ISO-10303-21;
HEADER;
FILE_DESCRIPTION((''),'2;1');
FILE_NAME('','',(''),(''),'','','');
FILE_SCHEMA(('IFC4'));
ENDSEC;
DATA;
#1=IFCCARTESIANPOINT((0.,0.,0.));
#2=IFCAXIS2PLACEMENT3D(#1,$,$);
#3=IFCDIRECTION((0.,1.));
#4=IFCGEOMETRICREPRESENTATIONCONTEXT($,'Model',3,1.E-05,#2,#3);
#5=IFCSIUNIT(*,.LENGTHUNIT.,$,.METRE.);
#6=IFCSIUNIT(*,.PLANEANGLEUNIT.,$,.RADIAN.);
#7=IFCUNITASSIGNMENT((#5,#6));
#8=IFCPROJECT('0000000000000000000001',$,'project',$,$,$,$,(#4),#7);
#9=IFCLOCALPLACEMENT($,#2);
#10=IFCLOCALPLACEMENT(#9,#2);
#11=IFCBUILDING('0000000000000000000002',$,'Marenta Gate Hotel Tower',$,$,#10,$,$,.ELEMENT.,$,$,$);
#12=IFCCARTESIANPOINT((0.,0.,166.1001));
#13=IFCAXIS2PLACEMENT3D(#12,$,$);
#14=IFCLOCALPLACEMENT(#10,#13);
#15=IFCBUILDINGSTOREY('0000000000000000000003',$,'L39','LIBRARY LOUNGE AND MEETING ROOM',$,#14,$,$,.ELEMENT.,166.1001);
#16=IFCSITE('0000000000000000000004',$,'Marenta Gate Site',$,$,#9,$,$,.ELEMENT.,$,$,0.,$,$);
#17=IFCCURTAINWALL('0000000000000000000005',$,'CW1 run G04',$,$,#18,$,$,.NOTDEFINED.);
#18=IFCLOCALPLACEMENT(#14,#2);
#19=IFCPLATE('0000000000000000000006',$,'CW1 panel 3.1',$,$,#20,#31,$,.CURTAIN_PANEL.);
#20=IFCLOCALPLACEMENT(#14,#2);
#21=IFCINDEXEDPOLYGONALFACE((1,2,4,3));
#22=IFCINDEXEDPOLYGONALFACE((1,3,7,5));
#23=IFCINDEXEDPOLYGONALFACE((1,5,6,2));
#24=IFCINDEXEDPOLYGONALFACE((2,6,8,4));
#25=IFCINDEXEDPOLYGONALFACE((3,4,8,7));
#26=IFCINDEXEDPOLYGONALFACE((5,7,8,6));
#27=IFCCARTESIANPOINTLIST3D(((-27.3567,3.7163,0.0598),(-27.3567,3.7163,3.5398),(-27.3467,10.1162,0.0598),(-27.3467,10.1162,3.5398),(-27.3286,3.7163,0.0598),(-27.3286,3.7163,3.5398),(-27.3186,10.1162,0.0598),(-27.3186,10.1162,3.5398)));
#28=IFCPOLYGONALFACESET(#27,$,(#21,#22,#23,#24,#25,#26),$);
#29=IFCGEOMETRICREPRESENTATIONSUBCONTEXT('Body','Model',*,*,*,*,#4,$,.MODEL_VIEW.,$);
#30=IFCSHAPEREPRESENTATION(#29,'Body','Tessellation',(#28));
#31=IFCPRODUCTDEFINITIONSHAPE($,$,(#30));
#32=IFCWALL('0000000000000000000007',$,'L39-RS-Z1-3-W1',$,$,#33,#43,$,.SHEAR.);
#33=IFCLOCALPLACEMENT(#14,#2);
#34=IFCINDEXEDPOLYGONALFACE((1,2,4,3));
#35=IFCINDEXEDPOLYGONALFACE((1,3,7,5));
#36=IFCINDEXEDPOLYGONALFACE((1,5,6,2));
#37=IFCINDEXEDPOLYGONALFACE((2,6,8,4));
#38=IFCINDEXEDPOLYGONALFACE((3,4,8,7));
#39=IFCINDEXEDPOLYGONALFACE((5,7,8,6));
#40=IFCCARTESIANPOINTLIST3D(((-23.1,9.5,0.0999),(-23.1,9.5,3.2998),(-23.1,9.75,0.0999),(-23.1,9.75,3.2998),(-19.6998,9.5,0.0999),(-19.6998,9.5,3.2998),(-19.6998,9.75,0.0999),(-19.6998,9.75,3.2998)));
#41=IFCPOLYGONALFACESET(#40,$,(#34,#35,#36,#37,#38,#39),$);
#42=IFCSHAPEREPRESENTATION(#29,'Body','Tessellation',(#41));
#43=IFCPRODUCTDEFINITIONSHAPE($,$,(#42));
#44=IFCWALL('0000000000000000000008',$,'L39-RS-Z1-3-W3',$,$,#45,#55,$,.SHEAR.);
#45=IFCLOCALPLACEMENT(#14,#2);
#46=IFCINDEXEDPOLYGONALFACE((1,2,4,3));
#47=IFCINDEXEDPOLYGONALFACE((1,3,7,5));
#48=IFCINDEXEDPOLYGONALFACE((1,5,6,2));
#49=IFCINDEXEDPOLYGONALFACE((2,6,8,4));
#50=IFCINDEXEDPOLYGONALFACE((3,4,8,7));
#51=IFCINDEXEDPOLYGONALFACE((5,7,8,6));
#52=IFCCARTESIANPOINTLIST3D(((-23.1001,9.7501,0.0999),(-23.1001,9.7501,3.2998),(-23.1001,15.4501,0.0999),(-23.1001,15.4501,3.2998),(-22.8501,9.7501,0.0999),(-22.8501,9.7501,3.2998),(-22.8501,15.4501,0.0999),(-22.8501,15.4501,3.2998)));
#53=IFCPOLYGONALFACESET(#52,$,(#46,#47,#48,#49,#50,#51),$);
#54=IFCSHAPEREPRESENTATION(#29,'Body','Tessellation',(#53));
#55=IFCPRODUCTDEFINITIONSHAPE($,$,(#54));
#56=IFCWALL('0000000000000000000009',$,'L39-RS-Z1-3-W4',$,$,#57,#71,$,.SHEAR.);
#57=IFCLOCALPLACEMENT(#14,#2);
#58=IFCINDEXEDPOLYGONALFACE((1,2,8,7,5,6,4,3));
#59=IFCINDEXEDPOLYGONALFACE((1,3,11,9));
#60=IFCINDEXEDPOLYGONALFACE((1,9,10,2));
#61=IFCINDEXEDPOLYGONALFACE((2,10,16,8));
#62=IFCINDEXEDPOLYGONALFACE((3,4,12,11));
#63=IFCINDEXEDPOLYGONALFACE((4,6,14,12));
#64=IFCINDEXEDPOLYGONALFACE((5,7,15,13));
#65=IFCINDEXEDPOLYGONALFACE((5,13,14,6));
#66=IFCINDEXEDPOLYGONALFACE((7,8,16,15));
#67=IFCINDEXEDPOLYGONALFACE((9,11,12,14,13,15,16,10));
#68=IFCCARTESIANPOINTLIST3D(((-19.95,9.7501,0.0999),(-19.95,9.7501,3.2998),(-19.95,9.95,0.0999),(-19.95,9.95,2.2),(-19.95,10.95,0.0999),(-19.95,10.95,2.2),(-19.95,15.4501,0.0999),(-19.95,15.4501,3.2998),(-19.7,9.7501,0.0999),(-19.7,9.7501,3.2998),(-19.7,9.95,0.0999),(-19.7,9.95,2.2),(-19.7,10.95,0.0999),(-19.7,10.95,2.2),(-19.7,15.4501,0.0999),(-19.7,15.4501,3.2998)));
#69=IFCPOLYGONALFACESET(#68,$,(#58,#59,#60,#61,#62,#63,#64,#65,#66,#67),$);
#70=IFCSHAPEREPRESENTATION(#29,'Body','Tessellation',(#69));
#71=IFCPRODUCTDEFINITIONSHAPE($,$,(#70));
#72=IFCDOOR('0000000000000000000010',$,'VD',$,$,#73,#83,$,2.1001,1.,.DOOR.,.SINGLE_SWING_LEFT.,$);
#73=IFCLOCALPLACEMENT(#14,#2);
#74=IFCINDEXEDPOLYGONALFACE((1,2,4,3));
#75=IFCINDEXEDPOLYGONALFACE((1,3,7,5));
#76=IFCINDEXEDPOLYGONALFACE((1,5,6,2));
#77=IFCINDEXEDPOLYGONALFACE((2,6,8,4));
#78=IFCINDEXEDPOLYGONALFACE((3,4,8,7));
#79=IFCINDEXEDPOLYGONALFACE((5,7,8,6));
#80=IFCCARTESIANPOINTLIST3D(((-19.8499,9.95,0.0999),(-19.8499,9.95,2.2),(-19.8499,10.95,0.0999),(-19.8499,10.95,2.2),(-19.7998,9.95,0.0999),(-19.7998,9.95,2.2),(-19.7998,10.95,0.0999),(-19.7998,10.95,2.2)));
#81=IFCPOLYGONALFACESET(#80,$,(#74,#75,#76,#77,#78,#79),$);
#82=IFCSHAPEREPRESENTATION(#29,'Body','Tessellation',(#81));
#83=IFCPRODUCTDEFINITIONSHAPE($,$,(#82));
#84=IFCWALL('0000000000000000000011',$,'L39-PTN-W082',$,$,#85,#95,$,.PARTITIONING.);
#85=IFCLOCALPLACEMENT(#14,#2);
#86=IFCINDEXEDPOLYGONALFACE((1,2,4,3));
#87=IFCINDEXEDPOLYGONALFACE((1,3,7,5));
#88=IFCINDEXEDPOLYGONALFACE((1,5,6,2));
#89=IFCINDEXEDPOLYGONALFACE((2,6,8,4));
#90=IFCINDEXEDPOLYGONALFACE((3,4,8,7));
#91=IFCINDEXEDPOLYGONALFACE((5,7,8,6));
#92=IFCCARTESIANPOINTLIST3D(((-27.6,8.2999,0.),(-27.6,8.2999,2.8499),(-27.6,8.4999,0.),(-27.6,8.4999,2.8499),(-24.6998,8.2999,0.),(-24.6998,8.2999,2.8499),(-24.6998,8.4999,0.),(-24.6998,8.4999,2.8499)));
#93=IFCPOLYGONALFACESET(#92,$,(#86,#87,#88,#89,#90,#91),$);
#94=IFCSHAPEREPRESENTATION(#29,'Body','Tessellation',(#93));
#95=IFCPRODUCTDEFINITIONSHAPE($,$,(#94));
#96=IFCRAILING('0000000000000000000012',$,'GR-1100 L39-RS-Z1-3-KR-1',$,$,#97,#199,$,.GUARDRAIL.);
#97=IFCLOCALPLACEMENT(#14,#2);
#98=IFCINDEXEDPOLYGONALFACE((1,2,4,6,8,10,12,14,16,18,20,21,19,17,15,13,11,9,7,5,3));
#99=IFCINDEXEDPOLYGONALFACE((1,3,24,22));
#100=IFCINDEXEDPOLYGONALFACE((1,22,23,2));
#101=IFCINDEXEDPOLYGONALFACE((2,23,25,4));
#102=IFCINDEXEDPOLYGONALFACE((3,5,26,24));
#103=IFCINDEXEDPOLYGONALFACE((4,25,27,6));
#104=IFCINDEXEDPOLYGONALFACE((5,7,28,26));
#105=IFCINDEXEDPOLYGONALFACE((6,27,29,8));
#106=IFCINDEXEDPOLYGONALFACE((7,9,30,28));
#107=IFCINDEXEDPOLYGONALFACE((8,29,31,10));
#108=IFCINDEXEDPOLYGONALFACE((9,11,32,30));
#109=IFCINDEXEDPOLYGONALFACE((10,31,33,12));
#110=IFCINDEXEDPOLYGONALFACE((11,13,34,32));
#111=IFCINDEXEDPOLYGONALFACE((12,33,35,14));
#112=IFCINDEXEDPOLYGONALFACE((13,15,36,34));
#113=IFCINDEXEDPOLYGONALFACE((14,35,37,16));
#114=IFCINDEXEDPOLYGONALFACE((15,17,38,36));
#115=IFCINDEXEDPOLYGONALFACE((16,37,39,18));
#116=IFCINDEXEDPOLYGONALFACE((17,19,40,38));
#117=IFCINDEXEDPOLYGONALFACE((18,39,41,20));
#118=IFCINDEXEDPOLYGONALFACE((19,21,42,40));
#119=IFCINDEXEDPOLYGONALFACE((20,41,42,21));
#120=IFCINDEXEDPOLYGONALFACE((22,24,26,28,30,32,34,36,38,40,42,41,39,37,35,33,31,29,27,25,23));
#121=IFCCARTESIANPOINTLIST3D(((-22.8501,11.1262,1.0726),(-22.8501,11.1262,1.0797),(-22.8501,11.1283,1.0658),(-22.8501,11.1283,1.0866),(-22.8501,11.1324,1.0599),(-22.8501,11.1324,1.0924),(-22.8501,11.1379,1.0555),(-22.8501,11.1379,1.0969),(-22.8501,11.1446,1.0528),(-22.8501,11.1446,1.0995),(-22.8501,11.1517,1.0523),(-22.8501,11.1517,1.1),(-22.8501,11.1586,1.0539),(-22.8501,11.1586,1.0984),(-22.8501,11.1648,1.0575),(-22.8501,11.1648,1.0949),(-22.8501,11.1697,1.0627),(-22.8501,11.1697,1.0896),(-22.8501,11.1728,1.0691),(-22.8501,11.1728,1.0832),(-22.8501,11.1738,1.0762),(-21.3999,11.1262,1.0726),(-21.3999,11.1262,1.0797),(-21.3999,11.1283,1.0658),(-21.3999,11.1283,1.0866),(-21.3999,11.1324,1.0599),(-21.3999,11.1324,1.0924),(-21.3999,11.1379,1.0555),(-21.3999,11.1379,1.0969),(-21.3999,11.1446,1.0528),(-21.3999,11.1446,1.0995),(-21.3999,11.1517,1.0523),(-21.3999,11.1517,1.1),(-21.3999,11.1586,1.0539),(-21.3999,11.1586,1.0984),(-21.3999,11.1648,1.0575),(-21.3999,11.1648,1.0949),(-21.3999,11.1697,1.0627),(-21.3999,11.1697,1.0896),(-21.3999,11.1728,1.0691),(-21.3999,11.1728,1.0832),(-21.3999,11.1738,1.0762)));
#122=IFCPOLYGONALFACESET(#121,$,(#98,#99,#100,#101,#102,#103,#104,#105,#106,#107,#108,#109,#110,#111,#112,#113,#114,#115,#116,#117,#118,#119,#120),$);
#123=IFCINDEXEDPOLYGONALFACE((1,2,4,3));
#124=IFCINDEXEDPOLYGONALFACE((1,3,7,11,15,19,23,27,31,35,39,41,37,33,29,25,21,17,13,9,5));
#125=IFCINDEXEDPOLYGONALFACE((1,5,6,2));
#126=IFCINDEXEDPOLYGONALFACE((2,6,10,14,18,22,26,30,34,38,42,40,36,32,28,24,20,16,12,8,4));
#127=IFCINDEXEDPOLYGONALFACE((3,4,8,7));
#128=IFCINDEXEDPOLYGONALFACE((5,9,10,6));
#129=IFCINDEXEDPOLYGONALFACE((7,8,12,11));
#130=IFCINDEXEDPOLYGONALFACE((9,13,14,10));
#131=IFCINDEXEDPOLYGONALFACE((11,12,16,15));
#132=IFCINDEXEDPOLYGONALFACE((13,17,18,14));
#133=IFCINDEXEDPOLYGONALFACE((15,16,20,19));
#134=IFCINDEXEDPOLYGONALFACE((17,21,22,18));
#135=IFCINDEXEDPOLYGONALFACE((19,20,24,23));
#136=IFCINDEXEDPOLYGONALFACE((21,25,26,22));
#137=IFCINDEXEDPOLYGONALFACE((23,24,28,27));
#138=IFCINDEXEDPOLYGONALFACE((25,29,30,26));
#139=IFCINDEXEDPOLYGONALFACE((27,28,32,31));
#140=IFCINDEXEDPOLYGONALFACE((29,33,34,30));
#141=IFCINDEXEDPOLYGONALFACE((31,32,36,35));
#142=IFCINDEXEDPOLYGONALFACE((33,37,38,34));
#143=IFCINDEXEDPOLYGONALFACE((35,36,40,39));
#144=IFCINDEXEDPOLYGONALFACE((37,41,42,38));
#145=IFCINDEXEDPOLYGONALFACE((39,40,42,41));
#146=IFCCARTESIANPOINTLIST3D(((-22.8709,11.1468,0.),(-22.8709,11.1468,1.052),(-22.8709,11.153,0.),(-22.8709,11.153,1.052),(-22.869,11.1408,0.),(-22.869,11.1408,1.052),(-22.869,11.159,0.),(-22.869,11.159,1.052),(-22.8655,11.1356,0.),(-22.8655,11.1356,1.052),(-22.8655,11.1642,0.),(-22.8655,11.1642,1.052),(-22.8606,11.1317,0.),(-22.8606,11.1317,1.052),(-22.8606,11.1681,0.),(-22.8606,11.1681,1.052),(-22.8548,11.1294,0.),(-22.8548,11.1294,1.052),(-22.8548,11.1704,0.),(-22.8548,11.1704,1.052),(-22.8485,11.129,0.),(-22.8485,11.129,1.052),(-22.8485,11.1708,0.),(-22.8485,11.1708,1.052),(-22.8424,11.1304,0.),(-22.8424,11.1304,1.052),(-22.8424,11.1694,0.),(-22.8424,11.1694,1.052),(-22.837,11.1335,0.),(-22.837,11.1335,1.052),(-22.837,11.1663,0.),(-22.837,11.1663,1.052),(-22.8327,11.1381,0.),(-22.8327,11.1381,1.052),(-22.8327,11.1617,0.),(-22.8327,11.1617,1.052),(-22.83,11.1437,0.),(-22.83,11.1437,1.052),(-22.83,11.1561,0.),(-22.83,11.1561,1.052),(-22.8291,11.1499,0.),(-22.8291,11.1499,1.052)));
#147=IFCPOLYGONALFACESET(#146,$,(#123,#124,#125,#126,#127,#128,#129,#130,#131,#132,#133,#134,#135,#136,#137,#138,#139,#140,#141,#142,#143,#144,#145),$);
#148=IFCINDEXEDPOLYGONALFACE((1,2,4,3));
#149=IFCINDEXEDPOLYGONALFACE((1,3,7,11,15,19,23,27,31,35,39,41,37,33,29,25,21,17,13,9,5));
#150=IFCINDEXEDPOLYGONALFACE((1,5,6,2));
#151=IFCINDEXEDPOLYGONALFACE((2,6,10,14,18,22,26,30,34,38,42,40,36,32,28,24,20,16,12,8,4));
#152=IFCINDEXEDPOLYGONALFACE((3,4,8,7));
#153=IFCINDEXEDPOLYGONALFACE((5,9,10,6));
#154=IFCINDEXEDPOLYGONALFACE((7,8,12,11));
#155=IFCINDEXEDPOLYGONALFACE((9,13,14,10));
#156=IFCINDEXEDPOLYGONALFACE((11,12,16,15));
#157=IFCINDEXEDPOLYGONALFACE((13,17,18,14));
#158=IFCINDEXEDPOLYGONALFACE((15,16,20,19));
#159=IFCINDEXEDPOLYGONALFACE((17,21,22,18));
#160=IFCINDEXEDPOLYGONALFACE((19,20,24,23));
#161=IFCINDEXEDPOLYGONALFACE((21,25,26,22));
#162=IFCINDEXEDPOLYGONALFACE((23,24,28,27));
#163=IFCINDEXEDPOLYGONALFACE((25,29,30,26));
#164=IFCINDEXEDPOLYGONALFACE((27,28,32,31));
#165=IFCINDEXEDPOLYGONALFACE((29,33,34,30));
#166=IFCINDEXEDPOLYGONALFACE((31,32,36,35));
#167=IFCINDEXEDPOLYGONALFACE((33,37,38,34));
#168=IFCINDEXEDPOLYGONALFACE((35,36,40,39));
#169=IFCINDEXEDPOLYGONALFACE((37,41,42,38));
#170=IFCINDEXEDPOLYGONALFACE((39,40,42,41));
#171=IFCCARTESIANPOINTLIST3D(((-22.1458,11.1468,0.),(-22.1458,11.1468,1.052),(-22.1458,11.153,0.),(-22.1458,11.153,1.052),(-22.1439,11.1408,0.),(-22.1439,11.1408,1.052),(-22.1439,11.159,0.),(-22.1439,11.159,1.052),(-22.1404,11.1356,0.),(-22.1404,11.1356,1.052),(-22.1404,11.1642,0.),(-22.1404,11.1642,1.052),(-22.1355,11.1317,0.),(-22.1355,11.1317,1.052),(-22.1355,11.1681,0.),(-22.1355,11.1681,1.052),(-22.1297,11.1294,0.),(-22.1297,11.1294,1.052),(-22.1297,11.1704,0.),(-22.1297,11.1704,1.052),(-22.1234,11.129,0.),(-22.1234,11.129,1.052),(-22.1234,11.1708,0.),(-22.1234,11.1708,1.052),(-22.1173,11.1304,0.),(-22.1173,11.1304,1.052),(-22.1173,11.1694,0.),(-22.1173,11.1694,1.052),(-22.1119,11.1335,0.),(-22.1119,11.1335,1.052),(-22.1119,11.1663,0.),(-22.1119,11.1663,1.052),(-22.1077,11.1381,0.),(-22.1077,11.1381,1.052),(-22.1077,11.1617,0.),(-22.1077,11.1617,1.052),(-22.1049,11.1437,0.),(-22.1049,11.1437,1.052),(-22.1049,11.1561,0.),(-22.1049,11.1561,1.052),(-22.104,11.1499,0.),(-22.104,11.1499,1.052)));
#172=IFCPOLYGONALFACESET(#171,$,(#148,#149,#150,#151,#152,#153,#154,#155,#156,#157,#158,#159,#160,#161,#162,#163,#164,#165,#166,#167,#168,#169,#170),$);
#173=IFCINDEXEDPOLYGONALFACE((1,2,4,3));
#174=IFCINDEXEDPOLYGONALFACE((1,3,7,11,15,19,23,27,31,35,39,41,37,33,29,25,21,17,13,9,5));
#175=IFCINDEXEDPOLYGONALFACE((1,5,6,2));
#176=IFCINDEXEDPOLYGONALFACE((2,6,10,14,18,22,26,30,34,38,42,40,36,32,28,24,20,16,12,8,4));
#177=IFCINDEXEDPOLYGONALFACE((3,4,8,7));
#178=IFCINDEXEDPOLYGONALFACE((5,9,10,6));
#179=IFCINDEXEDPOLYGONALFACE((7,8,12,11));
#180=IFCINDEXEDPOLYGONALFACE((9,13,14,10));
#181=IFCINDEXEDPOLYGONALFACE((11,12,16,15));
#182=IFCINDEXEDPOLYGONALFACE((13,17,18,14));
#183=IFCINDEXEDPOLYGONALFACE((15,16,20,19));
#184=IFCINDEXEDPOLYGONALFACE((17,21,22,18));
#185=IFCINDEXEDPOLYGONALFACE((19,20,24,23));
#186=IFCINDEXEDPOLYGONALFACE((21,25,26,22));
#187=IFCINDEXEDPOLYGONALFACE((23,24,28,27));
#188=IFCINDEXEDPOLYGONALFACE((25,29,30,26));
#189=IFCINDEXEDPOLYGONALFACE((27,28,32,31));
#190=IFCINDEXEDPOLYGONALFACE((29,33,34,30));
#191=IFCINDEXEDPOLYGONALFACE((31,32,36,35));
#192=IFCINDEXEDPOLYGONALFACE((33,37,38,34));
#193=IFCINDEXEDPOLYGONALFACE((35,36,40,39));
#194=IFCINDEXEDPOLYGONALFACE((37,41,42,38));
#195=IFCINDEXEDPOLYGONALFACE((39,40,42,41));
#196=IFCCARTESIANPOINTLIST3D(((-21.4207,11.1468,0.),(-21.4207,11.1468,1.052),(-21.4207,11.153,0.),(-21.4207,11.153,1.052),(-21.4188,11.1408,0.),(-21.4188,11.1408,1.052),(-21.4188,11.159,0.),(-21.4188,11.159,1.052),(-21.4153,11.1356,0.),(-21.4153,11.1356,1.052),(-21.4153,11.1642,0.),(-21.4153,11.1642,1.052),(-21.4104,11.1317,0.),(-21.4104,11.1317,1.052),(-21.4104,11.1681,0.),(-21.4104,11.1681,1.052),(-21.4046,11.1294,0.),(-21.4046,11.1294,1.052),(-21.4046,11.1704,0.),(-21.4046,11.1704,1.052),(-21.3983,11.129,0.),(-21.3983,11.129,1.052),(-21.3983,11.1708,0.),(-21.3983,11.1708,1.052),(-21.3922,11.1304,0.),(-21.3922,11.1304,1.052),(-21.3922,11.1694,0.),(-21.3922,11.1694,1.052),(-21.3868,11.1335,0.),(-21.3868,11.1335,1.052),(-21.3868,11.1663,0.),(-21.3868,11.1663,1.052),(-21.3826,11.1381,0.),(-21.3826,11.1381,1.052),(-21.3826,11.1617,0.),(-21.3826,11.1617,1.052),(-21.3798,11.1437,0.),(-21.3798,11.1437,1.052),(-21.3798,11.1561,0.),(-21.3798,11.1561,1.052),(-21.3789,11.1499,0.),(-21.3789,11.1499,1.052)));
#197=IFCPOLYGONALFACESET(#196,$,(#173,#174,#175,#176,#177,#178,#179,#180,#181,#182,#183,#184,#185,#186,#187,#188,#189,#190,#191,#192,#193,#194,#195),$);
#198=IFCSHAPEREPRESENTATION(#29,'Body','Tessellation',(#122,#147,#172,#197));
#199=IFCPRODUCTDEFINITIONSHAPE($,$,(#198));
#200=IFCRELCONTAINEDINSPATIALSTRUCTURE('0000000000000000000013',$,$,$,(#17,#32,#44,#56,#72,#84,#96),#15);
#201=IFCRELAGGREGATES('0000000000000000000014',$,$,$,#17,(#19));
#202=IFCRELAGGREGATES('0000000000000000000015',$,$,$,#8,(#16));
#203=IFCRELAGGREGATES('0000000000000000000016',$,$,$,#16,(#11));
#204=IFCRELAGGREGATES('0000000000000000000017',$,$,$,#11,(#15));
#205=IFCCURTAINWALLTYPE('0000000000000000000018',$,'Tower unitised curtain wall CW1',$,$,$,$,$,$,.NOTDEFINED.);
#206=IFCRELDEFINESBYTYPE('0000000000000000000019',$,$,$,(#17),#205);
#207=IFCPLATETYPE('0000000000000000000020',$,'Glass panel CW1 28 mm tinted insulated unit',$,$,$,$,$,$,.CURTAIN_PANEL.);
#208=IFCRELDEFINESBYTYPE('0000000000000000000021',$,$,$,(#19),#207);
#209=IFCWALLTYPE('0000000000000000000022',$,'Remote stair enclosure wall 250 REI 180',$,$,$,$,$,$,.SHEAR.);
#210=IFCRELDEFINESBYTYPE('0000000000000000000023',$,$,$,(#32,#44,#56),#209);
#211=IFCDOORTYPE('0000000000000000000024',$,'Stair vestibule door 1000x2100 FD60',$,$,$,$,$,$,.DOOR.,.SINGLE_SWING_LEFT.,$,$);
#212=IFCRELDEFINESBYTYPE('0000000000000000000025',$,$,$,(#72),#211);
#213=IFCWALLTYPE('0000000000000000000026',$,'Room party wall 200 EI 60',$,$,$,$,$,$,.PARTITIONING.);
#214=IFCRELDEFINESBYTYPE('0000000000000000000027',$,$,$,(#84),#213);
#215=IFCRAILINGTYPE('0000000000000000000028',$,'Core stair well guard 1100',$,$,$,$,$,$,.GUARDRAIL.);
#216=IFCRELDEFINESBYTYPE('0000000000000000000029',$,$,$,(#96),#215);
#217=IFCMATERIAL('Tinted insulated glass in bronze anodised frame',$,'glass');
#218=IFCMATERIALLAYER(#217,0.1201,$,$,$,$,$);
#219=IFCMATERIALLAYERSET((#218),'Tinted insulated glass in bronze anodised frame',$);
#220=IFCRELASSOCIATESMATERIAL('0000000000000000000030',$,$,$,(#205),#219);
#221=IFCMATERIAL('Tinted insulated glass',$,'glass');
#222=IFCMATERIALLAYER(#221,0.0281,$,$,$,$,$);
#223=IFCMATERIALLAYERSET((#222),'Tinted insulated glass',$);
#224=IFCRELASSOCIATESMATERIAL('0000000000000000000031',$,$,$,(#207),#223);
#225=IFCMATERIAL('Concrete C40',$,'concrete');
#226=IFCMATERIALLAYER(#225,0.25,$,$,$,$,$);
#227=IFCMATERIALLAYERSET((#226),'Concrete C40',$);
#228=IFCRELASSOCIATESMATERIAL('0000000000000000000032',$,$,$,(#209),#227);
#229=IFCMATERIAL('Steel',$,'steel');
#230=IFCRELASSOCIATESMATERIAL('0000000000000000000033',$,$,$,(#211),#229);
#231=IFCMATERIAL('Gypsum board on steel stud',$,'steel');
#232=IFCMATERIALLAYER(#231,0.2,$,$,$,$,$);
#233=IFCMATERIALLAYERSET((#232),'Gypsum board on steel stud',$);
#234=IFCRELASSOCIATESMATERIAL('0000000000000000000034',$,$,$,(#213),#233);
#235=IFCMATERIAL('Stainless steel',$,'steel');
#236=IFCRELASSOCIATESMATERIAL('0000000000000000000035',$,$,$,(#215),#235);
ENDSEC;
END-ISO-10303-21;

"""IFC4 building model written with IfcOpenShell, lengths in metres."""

from ifc_helpers import new_model, si_unit, direction, frame, frame_2d, origin, origin_2d, place, context, subcontext, project, spatial, rectangle, circle, extrude, material, layer, layer_set, type_object, element, fill, aggregate, save


model = new_model("IFC4")

# Units and contexts
model_context = context("Model", 3, precision=1e-05, world=origin(), true_north=direction((0.0, 1.0)))
body_context = subcontext(model_context, "Body", "Model", "MODEL_VIEW")
ifc_project = project(units=[si_unit("LENGTHUNIT", "METRE"), si_unit("PLANEANGLEUNIT", "RADIAN")], contexts=[model_context])

# Site, building, storey
site_placement = place(None, origin())
site = spatial("IfcSite", under=ifc_project, at=site_placement, Name="Marenta Gate Site", CompositionType="ELEMENT", RefElevation=0.0)
building_placement = place(site_placement, origin())
building = spatial("IfcBuilding", under=site, at=building_placement, Name="Marenta Gate Hotel Tower", CompositionType="ELEMENT")
storey_placement = place(building_placement, frame((0.0, 0.0, 166.1001)))
storey = spatial("IfcBuildingStorey", under=building, at=storey_placement, Name="L39", Description="LIBRARY LOUNGE AND MEETING ROOM", CompositionType="ELEMENT", Elevation=166.1001)

# Curtain wall, plate
ifc_material_1 = material(Name="Tinted insulated glass in bronze anodised frame", Category="glass")
ifc_layer_1 = layer(ifc_material_1, 0.1201)
ifc_layer_set_1 = layer_set([ifc_layer_1], Name="Tinted insulated glass in bronze anodised frame")
curtain_wall_type = type_object("IfcCurtainWallType", Name="Tower unitised curtain wall CW1", PredefinedType="NOTDEFINED", material=ifc_layer_set_1)
curtain_wall_placement = place(storey_placement, origin())
curtain_wall = element("IfcCurtainWall", 1, at=curtain_wall_placement, inside=storey, type_object=curtain_wall_type, Name="CW1 run G04", PredefinedType="NOTDEFINED")
ifc_material_2 = material(Name="Tinted insulated glass", Category="glass")
ifc_layer_2 = layer(ifc_material_2, 0.0281)
ifc_layer_set_2 = layer_set([ifc_layer_2], Name="Tinted insulated glass")
plate_type = type_object("IfcPlateType", Name="Glass panel CW1 28 mm tinted insulated unit", PredefinedType="CURTAIN_PANEL", material=ifc_layer_set_2)
plate_placement = place(storey_placement, frame((-27.3376, 6.9163, 0.0598), z_axis=(0.0, 0.0, 1.0), x_axis=(-0.001566, -0.999999, 0.0)))
plate = element("IfcPlate", 2, at=plate_placement, type_object=plate_type, Name="CW1 panel 3.1", PredefinedType="CURTAIN_PANEL", context=body_context, shape_type="SweptSolid", body=[
    extrude(rectangle(XDim=6.3999, YDim=0.0281, at=origin_2d()), origin(), (0.0, 0.0, 1.0), 3.48),
])
aggregate(curtain_wall, [plate])

# Walls
ifc_material_3 = material(Name="Concrete C40", Category="concrete")
ifc_layer_3 = layer(ifc_material_3, 0.25)
ifc_layer_set_3 = layer_set([ifc_layer_3], Name="Concrete C40")
wall_type_1 = type_object("IfcWallType", Name="Remote stair enclosure wall 250 REI 180", PredefinedType="SHEAR", material=ifc_layer_set_3)
wall_1_placement = place(storey_placement, frame((-23.1001, 9.625, 0.0999), z_axis=(0.0, 0.0, 1.0), x_axis=(1.0, 0.0, 0.0)))
element("IfcWall", 3, at=wall_1_placement, inside=storey, type_object=wall_type_1, Name="L39-RS-Z1-3-W1", PredefinedType="SHEAR", context=body_context, shape_type="SweptSolid", body=[
    extrude(rectangle(XDim=3.4001, YDim=0.25, at=frame_2d((1.7002, 0.0))), origin(), (0.0, 0.0, 1.0), 3.2),
])
wall_2_placement = place(storey_placement, frame((-22.9751, 9.75, 0.0999), z_axis=(0.0, 0.0, 1.0), x_axis=(0.0, 1.0, 0.0)))
element("IfcWall", 4, at=wall_2_placement, inside=storey, type_object=wall_type_1, Name="L39-RS-Z1-3-W3", PredefinedType="SHEAR", context=body_context, shape_type="SweptSolid", body=[
    extrude(rectangle(XDim=5.7, YDim=0.25, at=frame_2d((2.8501, 0.0))), origin(), (0.0, 0.0, 1.0), 3.2),
])

# Wall, opening, door
wall_3_placement = place(storey_placement, frame((-19.825, 9.75, 0.0999), z_axis=(0.0, 0.0, 1.0), x_axis=(0.0, 1.0, 0.0)))
wall_3 = element("IfcWall", 5, at=wall_3_placement, inside=storey, type_object=wall_type_1, Name="L39-RS-Z1-3-W4", PredefinedType="SHEAR", context=body_context, shape_type="SweptSolid", body=[
    extrude(rectangle(XDim=5.7, YDim=0.25, at=frame_2d((2.8501, 0.0))), origin(), (0.0, 0.0, 1.0), 3.2),
])
opening_1_placement = place(wall_3_placement, frame((0.2, 0.0, 0.0)))
opening_1 = element("IfcOpeningElement", 6, at=opening_1_placement, cuts=wall_3, PredefinedType="OPENING", context=body_context, shape_type="SweptSolid", body=[
    extrude(rectangle(XDim=1.0, YDim=2.1001, at=frame_2d((0.5, 1.05))), frame((0.0, 0.125, 0.0), z_axis=(0.0, -1.0, 0.0), x_axis=(1.0, 0.0, 0.0)), (0.0, 0.0, 1.0), 0.25),
])
ifc_material_4 = material(Name="Steel", Category="steel")
door_type_1 = type_object("IfcDoorType", Name="Stair vestibule door 1000x2100 FD60", OperationType="SINGLE_SWING_LEFT", PredefinedType="DOOR", material=ifc_material_4)
door_1_placement = place(opening_1_placement, origin())
door_1 = element("IfcDoor", 7, at=door_1_placement, inside=storey, type_object=door_type_1, Name="VD", OperationType="SINGLE_SWING_LEFT", OverallHeight=2.1001, OverallWidth=1.0, PredefinedType="DOOR", context=body_context, shape_type="SweptSolid", body=[
    extrude(rectangle(XDim=1.0, YDim=2.1001, at=frame_2d((0.5, 1.05))), frame((0.0, 0.0249, 0.0), z_axis=(0.0, -1.0, 0.0), x_axis=(1.0, 0.0, 0.0)), (0.0, 0.0, 1.0), 0.05),
])
fill(opening_1, door_1)

# Wall
ifc_material_5 = material(Name="Gypsum board on steel stud", Category="steel")
ifc_layer_4 = layer(ifc_material_5, 0.2)
ifc_layer_set_4 = layer_set([ifc_layer_4], Name="Gypsum board on steel stud")
wall_type_2 = type_object("IfcWallType", Name="Room party wall 200 EI 60", PredefinedType="PARTITIONING", material=ifc_layer_set_4)
wall_4_placement = place(storey_placement, frame((-27.6001, 8.3999, 0.0), z_axis=(0.0, 0.0, 1.0), x_axis=(1.0, 0.0, 0.0)))
element("IfcWall", 8, at=wall_4_placement, inside=storey, type_object=wall_type_2, Name="L39-PTN-W082", PredefinedType="PARTITIONING", context=body_context, shape_type="SweptSolid", body=[
    extrude(rectangle(XDim=2.9001, YDim=0.2, at=frame_2d((1.4502, 0.0))), origin(), (0.0, 0.0, 1.0), 2.8499),
])

# Railing
ifc_material_6 = material(Name="Stainless steel", Category="steel")
railing_type = type_object("IfcRailingType", Name="Core stair well guard 1100", PredefinedType="GUARDRAIL", material=ifc_material_6)
railing_placement = place(storey_placement, frame((-22.8501, 11.1499, 0.0)))
element("IfcRailing", 9, at=railing_placement, inside=storey, type_object=railing_type, Name="GR-1100 L39-RS-Z1-3-KR-1", PredefinedType="GUARDRAIL", context=body_context, shape_type="SweptSolid", body=[
    extrude(circle(Radius=0.0239, at=origin_2d()), frame((0.0, 0.0, 1.0762), z_axis=(1.0, 0.0, 0.0), x_axis=(0.0, 1.0, 0.0)), (0.0, 0.0, 1.0), 1.4502),
    extrude(circle(Radius=0.021, at=origin_2d()), origin(), (0.0, 0.0, 1.0), 1.052),
    extrude(circle(Radius=0.021, at=origin_2d()), frame((0.7251, 0.0, 0.0)), (0.0, 0.0, 1.0), 1.052),
    extrude(circle(Radius=0.021, at=origin_2d()), frame((1.4502, 0.0, 0.0)), (0.0, 0.0, 1.0), 1.052),
])

save(model, "model.ifc")
